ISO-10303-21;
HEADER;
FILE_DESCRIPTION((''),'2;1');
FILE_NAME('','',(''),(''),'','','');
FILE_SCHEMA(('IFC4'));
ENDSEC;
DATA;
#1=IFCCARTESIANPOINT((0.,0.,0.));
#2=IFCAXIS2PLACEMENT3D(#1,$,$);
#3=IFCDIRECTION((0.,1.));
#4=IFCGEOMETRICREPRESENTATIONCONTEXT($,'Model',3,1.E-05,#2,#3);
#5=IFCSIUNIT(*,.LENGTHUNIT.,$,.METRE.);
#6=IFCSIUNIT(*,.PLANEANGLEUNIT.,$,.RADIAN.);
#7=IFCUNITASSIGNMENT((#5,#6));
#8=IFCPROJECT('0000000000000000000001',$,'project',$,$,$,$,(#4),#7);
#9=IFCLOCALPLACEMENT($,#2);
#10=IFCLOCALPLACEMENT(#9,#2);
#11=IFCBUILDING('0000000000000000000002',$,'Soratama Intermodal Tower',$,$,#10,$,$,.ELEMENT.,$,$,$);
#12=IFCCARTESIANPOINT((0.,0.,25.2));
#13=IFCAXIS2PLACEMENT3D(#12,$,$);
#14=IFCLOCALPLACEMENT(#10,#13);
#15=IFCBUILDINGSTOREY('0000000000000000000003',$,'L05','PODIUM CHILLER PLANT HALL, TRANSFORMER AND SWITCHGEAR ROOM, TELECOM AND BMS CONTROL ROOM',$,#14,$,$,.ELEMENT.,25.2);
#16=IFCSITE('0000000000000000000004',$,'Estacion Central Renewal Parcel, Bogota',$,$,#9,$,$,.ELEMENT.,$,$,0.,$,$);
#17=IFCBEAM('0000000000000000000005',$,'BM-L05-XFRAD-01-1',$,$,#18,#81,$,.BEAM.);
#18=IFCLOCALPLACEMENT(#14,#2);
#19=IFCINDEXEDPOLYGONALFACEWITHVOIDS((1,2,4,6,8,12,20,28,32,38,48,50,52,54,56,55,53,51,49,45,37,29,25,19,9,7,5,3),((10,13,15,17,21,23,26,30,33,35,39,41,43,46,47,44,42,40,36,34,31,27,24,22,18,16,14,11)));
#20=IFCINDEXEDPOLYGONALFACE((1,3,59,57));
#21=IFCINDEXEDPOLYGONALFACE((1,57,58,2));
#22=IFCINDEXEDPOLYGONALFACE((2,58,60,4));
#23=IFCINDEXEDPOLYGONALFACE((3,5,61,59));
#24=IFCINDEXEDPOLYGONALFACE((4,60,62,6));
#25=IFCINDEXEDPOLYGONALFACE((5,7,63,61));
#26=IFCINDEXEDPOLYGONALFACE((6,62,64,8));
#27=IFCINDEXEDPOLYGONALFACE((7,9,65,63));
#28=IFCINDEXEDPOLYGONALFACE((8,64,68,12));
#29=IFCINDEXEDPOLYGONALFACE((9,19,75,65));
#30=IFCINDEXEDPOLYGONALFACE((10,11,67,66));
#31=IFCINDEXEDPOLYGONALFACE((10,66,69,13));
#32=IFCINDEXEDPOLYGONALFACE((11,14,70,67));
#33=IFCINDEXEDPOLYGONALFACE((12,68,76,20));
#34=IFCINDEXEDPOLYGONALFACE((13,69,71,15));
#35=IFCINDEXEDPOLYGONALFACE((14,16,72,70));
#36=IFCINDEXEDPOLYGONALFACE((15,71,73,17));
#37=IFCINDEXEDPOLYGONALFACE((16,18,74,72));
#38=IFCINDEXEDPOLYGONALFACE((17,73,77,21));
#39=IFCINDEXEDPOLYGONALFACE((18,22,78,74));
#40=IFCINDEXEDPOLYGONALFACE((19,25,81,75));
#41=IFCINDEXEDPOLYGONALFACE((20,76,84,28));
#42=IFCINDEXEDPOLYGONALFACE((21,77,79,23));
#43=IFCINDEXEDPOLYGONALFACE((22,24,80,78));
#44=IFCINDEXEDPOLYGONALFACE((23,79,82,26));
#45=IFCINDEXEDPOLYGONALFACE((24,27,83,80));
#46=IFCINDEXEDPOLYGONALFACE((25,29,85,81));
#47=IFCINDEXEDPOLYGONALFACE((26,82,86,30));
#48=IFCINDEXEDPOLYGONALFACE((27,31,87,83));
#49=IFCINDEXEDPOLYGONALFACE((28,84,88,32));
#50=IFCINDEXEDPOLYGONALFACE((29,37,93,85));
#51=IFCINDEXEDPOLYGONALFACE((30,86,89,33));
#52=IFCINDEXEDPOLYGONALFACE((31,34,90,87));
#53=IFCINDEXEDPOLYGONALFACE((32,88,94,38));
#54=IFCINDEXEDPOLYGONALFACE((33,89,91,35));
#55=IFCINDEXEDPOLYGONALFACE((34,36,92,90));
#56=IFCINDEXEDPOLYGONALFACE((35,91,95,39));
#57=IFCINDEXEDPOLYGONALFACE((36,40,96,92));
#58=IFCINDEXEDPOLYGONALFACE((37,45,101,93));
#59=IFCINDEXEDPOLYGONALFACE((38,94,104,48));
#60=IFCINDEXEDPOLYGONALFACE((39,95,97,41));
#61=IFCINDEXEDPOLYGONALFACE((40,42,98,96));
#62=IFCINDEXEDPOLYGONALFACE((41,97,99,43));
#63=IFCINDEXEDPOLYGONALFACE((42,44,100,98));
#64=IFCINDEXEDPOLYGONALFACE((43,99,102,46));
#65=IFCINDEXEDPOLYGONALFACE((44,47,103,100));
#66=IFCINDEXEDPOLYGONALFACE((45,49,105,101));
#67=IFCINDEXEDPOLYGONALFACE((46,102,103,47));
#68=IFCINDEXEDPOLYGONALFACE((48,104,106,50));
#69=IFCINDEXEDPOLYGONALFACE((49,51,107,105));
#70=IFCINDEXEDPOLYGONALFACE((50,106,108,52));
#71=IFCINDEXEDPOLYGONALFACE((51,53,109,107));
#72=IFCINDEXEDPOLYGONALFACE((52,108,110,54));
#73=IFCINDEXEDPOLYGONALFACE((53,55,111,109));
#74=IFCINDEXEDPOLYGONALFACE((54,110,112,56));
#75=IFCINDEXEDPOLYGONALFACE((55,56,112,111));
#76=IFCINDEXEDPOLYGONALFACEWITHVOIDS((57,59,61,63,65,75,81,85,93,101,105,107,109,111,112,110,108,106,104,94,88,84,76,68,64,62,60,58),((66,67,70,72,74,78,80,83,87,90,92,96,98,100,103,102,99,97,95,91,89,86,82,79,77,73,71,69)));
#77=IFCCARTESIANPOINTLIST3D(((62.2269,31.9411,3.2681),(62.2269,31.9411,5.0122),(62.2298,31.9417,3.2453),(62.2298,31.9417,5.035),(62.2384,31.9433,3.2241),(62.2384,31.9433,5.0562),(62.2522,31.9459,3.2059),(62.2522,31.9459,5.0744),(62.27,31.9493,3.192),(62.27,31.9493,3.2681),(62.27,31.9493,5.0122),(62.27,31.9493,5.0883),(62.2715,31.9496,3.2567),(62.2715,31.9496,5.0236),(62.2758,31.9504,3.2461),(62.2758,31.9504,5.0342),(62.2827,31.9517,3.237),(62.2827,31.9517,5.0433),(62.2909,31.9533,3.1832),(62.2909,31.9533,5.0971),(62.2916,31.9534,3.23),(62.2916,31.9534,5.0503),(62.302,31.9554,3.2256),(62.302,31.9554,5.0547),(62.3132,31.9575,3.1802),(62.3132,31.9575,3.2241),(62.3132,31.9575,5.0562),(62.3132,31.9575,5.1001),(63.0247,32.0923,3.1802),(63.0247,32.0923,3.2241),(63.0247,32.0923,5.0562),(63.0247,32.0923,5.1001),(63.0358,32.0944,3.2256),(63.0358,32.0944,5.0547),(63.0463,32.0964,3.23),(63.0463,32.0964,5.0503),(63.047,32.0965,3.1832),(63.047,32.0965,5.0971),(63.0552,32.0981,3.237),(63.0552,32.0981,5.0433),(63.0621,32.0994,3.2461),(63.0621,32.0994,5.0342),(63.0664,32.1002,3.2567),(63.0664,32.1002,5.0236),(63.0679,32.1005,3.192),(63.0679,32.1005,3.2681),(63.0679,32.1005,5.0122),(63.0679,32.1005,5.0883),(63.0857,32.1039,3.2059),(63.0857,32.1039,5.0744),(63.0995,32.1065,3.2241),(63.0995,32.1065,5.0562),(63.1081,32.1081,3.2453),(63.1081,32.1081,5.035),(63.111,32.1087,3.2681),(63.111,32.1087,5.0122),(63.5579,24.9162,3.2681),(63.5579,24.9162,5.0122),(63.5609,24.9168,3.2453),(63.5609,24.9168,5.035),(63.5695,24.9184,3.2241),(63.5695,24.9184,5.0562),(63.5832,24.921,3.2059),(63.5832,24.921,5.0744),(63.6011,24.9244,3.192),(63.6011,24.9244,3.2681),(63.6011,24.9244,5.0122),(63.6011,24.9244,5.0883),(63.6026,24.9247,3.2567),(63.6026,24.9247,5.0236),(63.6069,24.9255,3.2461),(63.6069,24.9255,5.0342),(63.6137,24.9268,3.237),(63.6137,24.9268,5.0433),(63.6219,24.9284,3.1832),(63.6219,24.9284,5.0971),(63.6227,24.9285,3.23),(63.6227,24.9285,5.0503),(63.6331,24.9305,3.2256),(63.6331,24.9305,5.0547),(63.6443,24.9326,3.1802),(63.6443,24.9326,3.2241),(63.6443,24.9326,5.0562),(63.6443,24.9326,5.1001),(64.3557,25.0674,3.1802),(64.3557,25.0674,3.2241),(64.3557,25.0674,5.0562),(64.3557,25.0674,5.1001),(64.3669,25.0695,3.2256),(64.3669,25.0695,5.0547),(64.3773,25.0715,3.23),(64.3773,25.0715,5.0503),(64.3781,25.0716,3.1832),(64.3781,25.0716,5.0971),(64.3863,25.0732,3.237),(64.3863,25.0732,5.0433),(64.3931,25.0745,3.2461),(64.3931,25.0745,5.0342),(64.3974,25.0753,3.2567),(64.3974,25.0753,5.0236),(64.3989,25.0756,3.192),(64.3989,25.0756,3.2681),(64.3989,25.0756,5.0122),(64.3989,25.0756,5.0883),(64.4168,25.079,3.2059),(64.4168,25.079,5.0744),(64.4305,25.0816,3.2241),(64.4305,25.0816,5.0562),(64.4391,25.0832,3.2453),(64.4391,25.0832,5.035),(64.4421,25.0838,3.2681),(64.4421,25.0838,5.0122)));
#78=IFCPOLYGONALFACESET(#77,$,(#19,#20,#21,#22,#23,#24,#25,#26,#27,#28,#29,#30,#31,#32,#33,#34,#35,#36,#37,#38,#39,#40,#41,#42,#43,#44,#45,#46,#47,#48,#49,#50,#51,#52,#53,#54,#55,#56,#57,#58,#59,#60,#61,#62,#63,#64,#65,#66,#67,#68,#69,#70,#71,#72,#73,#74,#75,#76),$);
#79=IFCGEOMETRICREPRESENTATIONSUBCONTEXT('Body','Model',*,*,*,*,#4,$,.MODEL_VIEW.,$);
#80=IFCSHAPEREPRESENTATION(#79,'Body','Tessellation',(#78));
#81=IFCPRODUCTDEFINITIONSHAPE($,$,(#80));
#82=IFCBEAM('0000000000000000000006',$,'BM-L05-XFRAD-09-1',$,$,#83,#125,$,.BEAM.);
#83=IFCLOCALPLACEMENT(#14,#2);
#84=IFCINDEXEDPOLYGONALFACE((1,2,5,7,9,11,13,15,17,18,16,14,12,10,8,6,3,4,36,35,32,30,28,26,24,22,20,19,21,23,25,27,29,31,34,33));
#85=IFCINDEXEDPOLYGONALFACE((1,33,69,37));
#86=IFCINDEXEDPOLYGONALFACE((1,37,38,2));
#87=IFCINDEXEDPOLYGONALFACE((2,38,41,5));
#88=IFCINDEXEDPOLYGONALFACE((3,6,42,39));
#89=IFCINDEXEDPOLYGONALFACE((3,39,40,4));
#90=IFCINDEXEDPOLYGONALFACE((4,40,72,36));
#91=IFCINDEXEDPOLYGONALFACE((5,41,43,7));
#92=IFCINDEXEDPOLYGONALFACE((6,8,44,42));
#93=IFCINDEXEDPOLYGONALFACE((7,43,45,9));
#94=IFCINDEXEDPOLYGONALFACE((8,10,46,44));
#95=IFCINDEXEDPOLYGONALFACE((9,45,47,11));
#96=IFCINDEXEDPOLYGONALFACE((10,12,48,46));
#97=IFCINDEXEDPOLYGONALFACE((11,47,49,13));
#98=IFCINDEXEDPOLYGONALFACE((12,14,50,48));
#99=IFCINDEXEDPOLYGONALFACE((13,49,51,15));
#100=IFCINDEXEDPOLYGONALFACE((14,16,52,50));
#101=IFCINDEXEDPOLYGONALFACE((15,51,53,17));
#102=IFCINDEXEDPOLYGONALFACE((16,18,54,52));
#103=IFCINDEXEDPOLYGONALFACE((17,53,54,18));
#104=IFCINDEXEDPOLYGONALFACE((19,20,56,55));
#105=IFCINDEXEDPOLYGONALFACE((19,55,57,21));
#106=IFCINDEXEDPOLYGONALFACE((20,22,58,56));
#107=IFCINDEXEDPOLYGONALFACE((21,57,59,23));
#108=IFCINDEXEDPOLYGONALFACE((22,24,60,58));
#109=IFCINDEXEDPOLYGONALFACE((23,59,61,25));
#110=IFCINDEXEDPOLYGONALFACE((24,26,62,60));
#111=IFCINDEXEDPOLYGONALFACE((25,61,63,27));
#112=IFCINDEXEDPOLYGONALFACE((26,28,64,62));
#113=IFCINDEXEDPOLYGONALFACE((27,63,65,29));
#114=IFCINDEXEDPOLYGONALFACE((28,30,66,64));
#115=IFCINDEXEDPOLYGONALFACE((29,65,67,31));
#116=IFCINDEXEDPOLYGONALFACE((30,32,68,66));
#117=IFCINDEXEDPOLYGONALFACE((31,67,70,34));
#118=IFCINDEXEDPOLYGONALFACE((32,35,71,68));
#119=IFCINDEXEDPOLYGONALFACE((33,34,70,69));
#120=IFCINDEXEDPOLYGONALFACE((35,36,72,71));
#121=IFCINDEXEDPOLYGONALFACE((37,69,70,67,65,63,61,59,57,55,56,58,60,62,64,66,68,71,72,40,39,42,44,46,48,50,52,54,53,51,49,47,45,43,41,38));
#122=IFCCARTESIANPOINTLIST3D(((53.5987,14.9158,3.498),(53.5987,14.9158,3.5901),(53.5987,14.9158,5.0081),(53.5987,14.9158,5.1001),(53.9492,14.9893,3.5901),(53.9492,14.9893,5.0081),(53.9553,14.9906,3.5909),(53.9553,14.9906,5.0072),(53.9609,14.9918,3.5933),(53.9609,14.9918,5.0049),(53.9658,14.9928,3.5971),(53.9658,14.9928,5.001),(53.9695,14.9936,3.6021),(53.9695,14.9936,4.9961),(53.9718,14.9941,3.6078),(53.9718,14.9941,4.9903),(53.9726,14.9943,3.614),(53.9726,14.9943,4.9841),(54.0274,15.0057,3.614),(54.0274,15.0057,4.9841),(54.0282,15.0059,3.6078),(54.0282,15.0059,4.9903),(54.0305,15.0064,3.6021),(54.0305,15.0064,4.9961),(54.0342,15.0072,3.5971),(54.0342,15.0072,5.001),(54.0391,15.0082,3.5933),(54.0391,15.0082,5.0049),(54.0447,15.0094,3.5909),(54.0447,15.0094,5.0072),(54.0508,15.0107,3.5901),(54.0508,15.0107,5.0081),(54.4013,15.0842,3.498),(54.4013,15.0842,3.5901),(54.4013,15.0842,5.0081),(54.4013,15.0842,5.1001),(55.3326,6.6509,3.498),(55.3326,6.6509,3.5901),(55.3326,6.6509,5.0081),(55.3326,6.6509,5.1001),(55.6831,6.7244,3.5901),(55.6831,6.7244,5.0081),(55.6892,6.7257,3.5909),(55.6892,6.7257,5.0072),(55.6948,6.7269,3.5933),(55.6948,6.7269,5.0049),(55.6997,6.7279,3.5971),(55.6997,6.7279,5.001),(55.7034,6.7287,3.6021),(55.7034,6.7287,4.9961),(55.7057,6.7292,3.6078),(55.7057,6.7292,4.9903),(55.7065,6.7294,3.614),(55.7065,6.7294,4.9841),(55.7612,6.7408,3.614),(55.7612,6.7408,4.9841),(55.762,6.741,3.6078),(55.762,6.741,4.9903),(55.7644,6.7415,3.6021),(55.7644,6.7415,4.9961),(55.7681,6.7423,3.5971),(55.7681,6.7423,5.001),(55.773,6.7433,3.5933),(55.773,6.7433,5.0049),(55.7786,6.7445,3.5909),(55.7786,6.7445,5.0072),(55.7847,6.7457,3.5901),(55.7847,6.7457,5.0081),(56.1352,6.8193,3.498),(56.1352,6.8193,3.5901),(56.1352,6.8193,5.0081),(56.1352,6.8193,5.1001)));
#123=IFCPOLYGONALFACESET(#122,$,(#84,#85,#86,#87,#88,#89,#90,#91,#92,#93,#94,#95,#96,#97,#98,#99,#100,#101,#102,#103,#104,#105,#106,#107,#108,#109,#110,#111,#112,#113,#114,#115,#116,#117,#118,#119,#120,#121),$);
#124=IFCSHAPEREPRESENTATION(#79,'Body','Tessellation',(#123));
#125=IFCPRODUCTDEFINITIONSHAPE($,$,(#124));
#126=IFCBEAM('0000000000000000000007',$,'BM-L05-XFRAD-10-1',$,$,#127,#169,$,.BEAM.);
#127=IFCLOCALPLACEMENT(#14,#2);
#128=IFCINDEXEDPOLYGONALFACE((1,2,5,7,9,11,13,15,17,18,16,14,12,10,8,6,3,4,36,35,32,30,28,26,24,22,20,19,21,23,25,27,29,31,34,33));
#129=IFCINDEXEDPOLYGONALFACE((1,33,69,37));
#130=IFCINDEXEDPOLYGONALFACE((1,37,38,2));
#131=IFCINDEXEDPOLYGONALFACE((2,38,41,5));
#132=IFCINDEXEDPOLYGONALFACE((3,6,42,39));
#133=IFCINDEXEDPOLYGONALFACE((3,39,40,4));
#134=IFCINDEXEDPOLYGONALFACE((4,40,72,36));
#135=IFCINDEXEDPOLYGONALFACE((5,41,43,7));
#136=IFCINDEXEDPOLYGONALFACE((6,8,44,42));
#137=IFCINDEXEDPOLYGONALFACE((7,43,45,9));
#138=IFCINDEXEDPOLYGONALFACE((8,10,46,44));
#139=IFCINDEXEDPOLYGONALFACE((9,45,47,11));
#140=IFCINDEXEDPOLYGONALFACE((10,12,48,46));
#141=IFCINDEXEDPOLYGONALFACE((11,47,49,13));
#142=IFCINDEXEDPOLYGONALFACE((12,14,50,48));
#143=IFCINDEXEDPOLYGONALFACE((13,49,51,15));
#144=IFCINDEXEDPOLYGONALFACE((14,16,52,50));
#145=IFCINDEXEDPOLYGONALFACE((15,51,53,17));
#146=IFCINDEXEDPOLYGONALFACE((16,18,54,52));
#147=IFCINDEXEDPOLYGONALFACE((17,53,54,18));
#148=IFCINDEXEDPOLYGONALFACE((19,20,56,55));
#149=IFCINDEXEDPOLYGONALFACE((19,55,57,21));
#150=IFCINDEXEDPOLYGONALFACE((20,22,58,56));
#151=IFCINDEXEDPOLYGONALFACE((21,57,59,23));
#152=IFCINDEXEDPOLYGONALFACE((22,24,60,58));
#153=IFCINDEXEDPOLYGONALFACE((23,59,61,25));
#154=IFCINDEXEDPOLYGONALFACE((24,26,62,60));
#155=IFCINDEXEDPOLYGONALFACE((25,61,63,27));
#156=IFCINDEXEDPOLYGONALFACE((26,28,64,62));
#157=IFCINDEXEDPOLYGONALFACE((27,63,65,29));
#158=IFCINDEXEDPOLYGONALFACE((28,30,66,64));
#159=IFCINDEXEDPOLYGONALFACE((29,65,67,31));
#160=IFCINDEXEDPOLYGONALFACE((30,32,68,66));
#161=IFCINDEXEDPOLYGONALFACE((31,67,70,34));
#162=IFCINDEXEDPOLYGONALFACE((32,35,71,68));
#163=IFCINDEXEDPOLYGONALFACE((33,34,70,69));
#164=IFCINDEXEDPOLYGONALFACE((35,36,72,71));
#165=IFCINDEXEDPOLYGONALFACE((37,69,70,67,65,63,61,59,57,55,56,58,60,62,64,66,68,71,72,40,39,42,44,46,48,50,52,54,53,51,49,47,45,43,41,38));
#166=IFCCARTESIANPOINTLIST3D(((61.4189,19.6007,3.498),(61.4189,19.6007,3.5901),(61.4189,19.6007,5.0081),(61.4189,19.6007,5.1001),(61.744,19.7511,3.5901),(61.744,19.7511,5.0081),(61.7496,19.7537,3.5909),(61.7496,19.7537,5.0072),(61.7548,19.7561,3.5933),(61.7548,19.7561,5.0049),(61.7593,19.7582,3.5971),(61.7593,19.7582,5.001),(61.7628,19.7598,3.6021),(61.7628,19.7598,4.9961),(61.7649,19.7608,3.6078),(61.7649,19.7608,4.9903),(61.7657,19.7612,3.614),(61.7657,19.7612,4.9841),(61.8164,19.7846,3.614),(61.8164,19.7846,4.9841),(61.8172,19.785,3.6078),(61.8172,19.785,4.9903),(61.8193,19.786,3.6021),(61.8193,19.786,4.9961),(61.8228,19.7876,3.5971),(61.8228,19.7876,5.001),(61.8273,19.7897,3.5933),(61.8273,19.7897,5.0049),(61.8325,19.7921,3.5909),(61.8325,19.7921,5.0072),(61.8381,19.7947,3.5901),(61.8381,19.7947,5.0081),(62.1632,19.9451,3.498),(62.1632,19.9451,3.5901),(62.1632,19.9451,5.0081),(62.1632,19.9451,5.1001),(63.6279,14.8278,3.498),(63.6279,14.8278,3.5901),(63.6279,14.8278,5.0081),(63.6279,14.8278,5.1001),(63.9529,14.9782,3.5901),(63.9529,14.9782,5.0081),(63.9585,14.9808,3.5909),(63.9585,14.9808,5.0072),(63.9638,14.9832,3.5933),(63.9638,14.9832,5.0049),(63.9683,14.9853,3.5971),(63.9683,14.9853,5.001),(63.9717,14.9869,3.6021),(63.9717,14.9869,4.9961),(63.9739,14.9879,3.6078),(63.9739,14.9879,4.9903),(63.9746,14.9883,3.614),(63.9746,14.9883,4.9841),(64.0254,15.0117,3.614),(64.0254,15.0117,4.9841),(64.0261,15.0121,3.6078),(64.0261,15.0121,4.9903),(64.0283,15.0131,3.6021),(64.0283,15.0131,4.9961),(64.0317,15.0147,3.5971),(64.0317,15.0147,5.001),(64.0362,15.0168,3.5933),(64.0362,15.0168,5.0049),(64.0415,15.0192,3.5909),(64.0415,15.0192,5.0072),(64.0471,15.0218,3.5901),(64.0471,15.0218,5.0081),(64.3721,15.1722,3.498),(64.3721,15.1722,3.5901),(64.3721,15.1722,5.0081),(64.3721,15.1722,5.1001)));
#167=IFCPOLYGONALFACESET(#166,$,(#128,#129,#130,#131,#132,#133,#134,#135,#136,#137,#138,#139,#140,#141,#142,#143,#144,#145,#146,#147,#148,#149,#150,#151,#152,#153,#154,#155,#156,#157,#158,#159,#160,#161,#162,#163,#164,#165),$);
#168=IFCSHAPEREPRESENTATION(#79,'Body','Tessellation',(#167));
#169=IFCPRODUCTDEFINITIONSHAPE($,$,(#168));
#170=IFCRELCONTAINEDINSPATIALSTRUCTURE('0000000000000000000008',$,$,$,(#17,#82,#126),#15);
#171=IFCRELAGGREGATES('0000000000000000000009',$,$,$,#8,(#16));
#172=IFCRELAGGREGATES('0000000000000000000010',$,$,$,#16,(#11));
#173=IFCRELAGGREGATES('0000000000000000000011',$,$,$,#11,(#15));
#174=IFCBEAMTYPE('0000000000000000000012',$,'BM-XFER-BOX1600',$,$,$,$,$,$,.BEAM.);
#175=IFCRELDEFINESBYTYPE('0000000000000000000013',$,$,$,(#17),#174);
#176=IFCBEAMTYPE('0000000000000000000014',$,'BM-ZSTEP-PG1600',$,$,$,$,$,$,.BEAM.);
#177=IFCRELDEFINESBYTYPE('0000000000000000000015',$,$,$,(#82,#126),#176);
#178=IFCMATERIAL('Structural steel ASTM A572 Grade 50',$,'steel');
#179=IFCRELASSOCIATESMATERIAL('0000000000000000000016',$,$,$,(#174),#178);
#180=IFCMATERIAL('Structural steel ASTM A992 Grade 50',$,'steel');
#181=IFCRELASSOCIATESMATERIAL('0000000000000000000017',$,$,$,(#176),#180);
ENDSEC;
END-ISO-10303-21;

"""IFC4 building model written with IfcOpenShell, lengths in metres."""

from ifc_helpers import new_model, si_unit, direction, frame, origin, origin_2d, place, context, subcontext, project, spatial, hollow_rectangle, i_section, extrude, material, material_profile, profile_set, type_object, element, save


model = new_model("IFC4")

# Units and contexts
model_context = context("Model", 3, precision=1e-05, world=origin(), true_north=direction((0.0, 1.0)))
body_context = subcontext(model_context, "Body", "Model", "MODEL_VIEW")
ifc_project = project(units=[si_unit("LENGTHUNIT", "METRE"), si_unit("PLANEANGLEUNIT", "RADIAN")], contexts=[model_context])

# Site, building, storey
site_placement = place(None, origin())
site = spatial("IfcSite", under=ifc_project, at=site_placement, Name="Estacion Central Renewal Parcel, Bogota", CompositionType="ELEMENT", RefElevation=0.0)
building_placement = place(site_placement, origin())
building = spatial("IfcBuilding", under=site, at=building_placement, Name="Soratama Intermodal Tower", CompositionType="ELEMENT")
storey_placement = place(building_placement, frame((0.0, 0.0, 25.2)))
storey = spatial("IfcBuildingStorey", under=building, at=storey_placement, Name="L05", Description="PODIUM CHILLER PLANT HALL, TRANSFORMER AND SWITCHGEAR ROOM, TELECOM AND BMS CONTROL ROOM", CompositionType="ELEMENT", Elevation=25.2)

# Beams
ifc_material_1 = material(Name="Structural steel ASTM A572 Grade 50", Category="steel")
ifc_material_profile_1 = material_profile(ifc_material_1, hollow_rectangle(XDim=0.8999, YDim=1.9199, WallThickness=0.0439, InnerFilletRadius=0.0439, OuterFilletRadius=0.0879, at=origin_2d()), Name="BOX1600X900X40")
ifc_profile_set_1 = profile_set([ifc_material_profile_1], Name="Structural steel ASTM A572 Grade 50")
beam_type_1 = type_object("IfcBeamType", Name="BM-XFER-BOX1600", PredefinedType="BEAM", material=ifc_profile_set_1)
beam_1_placement = place(storey_placement, frame((64.0, 25.0, 4.1401), z_axis=(-0.186164, 0.982519, 0.0), x_axis=(-0.982519, -0.186164, 0.0)))
element("IfcBeam", 1, at=beam_1_placement, inside=storey, type_object=beam_type_1, Name="BM-L05-XFRAD-01-1", PredefinedType="BEAM", context=body_context, shape_type="SweptSolid", body=[
    extrude(hollow_rectangle(XDim=0.8999, YDim=1.9199, WallThickness=0.0439, InnerFilletRadius=0.0439, OuterFilletRadius=0.0879, at=origin_2d()), origin(), (0.0, 0.0, 1.0), 7.1499),
])
ifc_material_2 = material(Name="Structural steel ASTM A992 Grade 50", Category="steel")
ifc_material_profile_2 = material_profile(ifc_material_2, i_section(OverallWidth=0.8201, OverallDepth=1.6021, WebThickness=0.0559, FlangeThickness=0.092, FilletRadius=0.0239, at=origin_2d()), Name="PG1600X650")
ifc_profile_set_2 = profile_set([ifc_material_profile_2], Name="Structural steel ASTM A992 Grade 50")
beam_type_2 = type_object("IfcBeamType", Name="BM-ZSTEP-PG1600", PredefinedType="BEAM", material=ifc_profile_set_2)
beam_2_placement = place(storey_placement, frame((54.0, 15.0, 4.2991), z_axis=(0.20532, -0.978695, 0.0), x_axis=(0.978695, 0.20532, 0.0)))
element("IfcBeam", 2, at=beam_2_placement, inside=storey, type_object=beam_type_2, Name="BM-L05-XFRAD-09-1", PredefinedType="BEAM", context=body_context, shape_type="SweptSolid", body=[
    extrude(i_section(OverallWidth=0.8201, OverallDepth=1.6021, WebThickness=0.0559, FlangeThickness=0.092, FilletRadius=0.0239, at=origin_2d()), origin(), (0.0, 0.0, 1.0), 8.4448),
])
beam_3_placement = place(storey_placement, frame((64.0, 15.0, 4.2991), z_axis=(-0.420012, 0.907519, 0.0), x_axis=(-0.907519, -0.420012, 0.0)))
element("IfcBeam", 3, at=beam_3_placement, inside=storey, type_object=beam_type_2, Name="BM-L05-XFRAD-10-1", PredefinedType="BEAM", context=body_context, shape_type="SweptSolid", body=[
    extrude(i_section(OverallWidth=0.8201, OverallDepth=1.6021, WebThickness=0.0559, FlangeThickness=0.092, FilletRadius=0.0239, at=origin_2d()), origin(), (0.0, 0.0, 1.0), 5.2593),
])

save(model, "model.ifc")
